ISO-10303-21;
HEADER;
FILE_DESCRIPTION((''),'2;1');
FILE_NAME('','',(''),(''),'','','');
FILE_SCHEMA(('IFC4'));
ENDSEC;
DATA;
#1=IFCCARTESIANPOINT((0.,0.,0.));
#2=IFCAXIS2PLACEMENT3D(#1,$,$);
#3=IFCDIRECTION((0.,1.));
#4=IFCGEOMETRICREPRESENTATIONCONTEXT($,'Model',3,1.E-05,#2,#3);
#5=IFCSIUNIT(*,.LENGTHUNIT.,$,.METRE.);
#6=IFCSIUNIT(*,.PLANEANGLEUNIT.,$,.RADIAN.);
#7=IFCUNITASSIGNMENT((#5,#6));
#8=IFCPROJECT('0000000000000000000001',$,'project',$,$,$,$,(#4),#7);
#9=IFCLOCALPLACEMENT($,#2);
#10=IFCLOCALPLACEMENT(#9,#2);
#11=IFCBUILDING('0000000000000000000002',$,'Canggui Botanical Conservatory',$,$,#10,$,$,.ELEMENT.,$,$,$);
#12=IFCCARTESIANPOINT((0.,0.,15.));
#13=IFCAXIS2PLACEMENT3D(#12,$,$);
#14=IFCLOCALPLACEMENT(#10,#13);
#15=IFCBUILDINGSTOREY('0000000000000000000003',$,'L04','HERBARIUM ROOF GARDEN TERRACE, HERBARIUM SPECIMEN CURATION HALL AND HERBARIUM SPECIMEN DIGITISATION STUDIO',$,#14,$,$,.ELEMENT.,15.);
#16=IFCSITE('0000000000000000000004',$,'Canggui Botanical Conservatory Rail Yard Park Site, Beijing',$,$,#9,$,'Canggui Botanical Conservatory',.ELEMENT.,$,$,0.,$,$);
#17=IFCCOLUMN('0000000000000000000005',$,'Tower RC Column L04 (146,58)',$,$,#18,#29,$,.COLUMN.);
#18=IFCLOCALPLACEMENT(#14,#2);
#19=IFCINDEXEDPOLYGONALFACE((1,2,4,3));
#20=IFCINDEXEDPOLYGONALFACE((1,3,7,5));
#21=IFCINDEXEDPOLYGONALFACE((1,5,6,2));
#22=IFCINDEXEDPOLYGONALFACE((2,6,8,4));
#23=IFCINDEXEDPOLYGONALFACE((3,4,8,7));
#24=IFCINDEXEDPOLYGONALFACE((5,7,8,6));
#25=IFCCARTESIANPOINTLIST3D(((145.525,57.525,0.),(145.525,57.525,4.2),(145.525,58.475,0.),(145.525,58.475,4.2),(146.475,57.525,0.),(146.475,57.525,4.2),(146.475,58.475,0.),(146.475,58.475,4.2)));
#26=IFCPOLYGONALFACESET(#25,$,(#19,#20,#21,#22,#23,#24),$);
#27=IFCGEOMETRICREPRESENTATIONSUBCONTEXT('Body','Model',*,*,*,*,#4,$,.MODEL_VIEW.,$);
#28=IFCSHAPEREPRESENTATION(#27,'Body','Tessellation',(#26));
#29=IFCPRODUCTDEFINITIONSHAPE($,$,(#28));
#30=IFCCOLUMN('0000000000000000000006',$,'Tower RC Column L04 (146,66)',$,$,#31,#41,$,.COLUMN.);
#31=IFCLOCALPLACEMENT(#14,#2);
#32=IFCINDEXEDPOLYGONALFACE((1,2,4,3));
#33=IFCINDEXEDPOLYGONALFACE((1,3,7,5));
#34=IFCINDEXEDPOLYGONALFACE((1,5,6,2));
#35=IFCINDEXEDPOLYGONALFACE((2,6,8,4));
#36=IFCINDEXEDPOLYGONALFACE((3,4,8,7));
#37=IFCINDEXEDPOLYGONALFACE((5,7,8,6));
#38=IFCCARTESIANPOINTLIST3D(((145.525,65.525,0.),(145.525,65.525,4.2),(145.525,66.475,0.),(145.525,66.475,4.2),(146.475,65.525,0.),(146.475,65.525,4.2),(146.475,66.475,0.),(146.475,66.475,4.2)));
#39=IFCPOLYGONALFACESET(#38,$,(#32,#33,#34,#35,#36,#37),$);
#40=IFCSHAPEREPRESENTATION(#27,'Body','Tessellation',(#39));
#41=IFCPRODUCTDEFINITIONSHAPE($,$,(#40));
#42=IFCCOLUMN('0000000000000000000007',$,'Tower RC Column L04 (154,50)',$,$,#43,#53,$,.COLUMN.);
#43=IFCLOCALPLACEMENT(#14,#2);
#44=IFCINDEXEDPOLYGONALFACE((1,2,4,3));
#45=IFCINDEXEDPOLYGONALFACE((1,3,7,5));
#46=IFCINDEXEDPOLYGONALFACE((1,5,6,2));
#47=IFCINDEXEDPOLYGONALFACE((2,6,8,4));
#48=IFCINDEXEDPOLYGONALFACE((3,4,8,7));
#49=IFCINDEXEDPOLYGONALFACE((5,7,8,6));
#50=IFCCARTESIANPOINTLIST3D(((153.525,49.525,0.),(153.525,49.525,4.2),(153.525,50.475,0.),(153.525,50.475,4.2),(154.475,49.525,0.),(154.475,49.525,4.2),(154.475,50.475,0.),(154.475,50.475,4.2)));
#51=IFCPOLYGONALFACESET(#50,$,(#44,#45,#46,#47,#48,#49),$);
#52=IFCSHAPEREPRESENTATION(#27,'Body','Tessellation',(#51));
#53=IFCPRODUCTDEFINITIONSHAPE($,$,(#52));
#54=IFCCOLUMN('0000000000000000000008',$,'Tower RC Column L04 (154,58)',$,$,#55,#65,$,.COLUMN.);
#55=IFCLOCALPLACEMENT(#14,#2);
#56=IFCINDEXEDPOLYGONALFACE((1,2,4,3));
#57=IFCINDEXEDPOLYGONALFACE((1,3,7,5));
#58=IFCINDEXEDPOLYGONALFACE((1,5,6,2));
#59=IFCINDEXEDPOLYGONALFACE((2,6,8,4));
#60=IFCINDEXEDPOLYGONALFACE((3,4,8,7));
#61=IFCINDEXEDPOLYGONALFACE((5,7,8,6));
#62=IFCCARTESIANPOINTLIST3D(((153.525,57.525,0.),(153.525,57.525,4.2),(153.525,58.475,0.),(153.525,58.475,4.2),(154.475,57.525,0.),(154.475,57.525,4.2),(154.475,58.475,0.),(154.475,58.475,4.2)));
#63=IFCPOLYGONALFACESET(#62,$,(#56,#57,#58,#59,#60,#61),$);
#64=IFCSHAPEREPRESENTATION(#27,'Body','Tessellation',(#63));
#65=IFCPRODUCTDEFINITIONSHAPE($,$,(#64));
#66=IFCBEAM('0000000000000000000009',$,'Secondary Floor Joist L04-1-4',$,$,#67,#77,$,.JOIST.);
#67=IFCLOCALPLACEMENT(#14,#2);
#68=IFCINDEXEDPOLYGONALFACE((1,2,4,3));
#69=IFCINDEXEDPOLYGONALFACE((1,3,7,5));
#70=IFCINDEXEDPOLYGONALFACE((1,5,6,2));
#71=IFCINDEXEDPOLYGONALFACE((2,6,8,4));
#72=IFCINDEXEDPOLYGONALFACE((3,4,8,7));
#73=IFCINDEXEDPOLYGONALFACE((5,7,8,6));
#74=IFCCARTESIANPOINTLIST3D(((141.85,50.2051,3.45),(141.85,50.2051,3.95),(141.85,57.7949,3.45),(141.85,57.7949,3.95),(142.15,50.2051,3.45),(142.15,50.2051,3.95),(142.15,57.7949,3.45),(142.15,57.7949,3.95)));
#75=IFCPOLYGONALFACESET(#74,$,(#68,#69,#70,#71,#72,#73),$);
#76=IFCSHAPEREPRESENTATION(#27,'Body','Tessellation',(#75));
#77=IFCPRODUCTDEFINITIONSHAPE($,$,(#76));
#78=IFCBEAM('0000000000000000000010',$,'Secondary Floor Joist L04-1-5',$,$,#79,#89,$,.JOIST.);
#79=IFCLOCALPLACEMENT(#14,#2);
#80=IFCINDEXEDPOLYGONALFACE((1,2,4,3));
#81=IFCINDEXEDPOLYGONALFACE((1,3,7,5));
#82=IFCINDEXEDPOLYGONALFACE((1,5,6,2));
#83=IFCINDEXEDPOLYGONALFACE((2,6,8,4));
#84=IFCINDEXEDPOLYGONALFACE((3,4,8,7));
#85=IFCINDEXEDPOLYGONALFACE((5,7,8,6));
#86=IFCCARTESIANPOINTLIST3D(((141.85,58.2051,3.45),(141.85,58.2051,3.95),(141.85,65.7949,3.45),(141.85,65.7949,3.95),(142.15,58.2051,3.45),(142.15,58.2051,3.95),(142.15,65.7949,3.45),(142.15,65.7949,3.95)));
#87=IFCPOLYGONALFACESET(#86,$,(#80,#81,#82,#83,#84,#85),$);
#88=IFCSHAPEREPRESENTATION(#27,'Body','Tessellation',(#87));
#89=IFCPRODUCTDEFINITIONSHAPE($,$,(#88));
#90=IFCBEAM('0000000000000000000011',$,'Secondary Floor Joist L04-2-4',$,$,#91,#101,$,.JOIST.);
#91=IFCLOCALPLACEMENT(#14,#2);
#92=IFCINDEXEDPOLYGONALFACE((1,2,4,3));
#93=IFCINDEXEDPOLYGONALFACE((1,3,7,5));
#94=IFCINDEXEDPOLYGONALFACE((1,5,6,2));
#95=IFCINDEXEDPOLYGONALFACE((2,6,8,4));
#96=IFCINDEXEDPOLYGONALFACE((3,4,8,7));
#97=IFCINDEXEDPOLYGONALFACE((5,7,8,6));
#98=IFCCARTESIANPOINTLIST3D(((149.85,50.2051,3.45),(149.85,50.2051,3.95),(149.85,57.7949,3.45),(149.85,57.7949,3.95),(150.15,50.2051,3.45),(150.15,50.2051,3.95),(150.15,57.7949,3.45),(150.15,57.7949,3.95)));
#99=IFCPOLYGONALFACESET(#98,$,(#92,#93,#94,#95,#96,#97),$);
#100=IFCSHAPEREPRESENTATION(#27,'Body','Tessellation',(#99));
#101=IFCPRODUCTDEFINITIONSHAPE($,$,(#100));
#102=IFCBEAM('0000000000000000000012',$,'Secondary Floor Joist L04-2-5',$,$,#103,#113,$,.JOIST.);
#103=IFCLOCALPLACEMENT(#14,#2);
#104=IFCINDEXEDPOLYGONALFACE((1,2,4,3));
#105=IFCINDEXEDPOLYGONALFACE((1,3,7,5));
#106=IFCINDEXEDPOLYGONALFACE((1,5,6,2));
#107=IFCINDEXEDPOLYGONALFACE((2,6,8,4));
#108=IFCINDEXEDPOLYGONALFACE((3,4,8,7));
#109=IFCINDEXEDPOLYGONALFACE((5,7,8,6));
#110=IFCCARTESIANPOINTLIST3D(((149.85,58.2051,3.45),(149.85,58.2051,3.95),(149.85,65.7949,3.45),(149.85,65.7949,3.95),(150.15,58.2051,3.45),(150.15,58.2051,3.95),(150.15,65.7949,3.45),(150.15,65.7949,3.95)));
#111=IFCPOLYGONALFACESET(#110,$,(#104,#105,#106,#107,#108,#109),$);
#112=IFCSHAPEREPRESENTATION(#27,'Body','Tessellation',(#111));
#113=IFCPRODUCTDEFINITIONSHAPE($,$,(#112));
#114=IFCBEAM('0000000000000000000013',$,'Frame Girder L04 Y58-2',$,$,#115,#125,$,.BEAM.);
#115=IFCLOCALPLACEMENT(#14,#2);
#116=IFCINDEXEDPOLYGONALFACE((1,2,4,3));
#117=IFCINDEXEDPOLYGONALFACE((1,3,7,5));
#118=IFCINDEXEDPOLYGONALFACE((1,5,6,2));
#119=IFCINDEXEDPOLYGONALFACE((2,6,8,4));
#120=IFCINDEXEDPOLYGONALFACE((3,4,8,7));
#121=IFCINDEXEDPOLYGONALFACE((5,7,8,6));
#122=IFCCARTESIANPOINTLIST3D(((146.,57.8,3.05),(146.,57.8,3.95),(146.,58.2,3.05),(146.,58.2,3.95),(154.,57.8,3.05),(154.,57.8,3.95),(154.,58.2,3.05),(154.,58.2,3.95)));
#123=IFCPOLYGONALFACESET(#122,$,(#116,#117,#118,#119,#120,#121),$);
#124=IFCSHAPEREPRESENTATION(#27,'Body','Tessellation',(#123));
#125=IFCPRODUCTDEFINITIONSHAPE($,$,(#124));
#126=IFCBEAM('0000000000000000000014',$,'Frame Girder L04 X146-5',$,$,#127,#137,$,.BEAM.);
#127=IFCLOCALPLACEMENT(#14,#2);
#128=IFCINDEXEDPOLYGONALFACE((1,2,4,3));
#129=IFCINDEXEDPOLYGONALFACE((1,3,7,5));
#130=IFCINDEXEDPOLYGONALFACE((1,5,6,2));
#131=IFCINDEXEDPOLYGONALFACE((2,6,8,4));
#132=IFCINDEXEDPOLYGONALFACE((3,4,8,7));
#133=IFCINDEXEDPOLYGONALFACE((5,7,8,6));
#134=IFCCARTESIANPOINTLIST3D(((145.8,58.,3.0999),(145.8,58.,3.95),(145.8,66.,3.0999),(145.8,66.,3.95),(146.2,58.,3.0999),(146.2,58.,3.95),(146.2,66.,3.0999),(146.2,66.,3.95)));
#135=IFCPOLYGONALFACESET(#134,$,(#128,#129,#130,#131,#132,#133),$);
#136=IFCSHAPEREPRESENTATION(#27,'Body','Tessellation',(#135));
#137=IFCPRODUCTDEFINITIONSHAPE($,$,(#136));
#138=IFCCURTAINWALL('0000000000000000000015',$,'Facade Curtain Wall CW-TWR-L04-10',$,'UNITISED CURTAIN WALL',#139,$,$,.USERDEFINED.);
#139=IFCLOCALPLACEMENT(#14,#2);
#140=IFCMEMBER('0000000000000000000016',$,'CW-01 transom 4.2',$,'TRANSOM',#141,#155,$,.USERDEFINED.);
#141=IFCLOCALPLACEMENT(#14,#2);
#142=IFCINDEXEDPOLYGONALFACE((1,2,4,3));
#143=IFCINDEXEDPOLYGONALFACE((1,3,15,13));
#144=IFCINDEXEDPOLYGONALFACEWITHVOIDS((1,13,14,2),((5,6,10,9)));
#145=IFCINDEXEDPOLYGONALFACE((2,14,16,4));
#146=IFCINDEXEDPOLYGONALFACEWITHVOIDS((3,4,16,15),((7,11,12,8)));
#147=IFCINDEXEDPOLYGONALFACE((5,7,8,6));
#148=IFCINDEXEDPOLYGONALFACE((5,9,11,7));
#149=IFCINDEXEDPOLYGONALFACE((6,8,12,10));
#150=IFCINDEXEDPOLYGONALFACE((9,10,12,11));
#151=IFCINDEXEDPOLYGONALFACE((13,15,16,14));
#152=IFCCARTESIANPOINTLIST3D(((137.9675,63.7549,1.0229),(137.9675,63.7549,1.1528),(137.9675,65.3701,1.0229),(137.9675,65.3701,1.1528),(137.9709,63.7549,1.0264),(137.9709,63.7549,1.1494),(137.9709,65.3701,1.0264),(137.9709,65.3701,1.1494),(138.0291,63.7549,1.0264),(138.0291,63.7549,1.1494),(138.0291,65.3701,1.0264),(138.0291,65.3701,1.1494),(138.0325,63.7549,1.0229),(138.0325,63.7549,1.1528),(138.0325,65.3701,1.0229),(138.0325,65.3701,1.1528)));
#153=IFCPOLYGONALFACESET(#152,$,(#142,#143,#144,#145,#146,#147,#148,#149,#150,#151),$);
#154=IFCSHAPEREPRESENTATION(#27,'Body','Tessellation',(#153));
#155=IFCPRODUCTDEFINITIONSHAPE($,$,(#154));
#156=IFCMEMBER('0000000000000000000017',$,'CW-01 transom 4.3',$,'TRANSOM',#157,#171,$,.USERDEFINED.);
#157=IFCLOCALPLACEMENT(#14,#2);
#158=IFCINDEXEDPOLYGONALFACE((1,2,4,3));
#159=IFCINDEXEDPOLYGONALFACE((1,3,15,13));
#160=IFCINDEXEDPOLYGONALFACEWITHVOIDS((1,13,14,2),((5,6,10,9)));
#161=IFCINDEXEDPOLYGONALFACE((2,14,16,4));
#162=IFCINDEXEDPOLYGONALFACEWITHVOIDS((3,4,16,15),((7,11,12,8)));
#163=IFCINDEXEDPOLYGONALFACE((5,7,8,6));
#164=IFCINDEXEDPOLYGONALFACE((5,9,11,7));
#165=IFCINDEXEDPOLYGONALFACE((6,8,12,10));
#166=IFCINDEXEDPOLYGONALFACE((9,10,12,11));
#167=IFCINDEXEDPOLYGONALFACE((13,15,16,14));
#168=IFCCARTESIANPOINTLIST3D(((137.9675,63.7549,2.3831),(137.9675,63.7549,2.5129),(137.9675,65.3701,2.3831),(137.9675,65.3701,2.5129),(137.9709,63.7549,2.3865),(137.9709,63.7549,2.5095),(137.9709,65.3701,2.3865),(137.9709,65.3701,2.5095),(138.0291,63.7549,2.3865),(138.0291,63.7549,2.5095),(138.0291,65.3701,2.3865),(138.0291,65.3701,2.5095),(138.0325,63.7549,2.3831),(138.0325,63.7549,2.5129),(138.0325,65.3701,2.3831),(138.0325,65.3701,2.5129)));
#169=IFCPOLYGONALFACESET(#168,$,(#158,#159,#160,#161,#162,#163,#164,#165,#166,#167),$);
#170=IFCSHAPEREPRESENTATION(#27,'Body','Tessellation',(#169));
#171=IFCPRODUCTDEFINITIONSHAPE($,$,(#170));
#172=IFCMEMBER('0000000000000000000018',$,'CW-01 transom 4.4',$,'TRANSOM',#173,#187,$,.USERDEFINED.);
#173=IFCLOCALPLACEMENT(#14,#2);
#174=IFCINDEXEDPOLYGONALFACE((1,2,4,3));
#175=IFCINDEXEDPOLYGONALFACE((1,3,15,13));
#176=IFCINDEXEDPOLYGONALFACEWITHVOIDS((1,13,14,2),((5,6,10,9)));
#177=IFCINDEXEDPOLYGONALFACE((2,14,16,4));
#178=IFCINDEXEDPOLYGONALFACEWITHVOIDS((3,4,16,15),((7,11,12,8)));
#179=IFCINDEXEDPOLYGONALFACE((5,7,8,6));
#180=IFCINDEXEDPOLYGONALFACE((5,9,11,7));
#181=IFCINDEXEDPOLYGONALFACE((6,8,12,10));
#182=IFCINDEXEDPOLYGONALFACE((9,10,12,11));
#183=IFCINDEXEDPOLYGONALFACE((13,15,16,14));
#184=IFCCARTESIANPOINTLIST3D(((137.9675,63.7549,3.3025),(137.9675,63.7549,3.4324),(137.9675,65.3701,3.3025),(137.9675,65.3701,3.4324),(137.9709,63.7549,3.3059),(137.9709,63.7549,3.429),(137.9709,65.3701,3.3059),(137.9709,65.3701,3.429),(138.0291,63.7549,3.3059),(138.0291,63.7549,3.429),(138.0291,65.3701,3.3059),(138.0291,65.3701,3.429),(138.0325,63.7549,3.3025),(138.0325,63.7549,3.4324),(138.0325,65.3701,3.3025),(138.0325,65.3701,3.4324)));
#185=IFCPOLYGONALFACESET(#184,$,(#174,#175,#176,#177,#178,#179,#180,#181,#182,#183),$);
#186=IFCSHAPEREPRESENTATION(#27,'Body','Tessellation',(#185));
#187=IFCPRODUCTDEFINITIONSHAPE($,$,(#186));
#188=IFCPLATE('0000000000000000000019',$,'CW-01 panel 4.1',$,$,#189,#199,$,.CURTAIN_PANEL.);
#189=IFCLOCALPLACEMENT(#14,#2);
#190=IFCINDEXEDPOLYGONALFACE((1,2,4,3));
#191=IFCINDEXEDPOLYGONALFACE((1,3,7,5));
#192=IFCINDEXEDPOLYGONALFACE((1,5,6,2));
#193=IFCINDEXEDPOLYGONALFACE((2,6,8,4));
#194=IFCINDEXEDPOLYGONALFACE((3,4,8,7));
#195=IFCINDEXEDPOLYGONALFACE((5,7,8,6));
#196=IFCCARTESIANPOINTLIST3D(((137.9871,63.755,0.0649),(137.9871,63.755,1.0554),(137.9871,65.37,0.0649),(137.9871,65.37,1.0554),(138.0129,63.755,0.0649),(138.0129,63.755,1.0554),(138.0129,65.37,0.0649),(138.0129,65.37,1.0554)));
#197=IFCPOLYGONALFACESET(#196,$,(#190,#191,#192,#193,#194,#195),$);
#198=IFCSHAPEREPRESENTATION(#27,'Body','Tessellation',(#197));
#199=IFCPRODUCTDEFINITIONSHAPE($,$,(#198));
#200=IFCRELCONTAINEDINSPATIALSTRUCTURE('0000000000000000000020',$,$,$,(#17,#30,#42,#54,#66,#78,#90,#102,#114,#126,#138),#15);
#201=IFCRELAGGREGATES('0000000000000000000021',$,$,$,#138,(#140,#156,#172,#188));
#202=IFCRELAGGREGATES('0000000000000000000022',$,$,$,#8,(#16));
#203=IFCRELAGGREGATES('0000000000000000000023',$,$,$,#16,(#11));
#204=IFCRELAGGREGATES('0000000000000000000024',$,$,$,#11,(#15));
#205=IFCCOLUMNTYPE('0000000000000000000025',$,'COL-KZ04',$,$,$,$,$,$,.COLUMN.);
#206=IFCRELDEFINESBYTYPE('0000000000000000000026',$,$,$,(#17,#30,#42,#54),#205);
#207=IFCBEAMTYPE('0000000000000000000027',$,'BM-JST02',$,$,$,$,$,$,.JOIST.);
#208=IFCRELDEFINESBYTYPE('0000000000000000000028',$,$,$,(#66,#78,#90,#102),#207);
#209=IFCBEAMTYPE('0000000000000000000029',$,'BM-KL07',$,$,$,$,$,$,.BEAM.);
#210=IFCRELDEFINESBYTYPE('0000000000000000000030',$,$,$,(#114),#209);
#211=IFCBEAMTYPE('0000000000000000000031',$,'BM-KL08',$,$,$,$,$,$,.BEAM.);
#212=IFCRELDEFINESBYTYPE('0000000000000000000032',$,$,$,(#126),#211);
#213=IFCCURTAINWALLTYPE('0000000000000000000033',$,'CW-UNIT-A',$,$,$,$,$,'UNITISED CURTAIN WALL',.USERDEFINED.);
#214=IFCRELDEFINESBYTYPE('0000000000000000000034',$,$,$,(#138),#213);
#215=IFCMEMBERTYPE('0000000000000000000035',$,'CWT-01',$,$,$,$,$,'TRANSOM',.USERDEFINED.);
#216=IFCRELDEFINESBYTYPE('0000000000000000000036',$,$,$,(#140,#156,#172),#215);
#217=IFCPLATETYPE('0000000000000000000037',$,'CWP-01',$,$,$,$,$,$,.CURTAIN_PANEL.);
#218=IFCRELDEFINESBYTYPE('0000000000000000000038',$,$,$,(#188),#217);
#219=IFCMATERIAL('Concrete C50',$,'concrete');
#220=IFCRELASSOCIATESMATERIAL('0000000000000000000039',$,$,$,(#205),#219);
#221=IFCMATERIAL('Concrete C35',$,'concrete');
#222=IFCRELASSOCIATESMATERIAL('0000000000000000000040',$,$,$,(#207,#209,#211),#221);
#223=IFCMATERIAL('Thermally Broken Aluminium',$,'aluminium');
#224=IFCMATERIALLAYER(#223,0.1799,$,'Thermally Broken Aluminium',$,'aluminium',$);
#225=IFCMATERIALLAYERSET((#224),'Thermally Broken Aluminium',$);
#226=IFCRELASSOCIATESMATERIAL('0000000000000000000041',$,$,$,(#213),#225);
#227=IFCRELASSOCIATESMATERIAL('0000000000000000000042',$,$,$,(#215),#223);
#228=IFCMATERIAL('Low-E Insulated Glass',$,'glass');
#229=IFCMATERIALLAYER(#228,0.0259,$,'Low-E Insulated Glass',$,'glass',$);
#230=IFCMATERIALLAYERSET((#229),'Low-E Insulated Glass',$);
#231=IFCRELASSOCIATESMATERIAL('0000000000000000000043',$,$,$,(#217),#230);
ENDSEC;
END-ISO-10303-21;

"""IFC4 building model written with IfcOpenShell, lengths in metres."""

from ifc_helpers import new_model, si_unit, direction, frame, origin, origin_2d, place, context, subcontext, project, spatial, rectangle, hollow_rectangle, extrude, material, layer, layer_set, material_profile, profile_set, type_object, element, aggregate, save


model = new_model("IFC4")

# Units and contexts
model_context = context("Model", 3, precision=1e-05, world=origin(), true_north=direction((0.0, 1.0)))
body_context = subcontext(model_context, "Body", "Model", "MODEL_VIEW")
ifc_project = project(units=[si_unit("LENGTHUNIT", "METRE"), si_unit("PLANEANGLEUNIT", "RADIAN")], contexts=[model_context])

# Site, building, storey
site_placement = place(None, origin())
site = spatial("IfcSite", under=ifc_project, at=site_placement, Name="Canggui Botanical Conservatory Rail Yard Park Site, Beijing", LongName="Canggui Botanical Conservatory", CompositionType="ELEMENT", RefElevation=0.0)
building_placement = place(site_placement, origin())
building = spatial("IfcBuilding", under=site, at=building_placement, Name="Canggui Botanical Conservatory", CompositionType="ELEMENT")
storey_placement = place(building_placement, frame((0.0, 0.0, 15.0)))
storey = spatial("IfcBuildingStorey", under=building, at=storey_placement, Name="L04", Description="HERBARIUM ROOF GARDEN TERRACE, HERBARIUM SPECIMEN CURATION HALL AND HERBARIUM SPECIMEN DIGITISATION STUDIO", CompositionType="ELEMENT", Elevation=15.0)

# Columns
ifc_material_1 = material(Name="Concrete C50", Category="concrete")
ifc_material_profile_1 = material_profile(ifc_material_1, rectangle(XDim=0.95, YDim=0.95, at=origin_2d()), Name="RC 950x950")
ifc_profile_set_1 = profile_set([ifc_material_profile_1], Name="Concrete C50")
column_type = type_object("IfcColumnType", Name="COL-KZ04", PredefinedType="COLUMN", material=ifc_profile_set_1)
for number, where, z_axis, x_axis, name in (
    (1, (146.0, 58.0, 0.0), (0.0, 0.0, 1.0), (1.0, 0.0, 0.0), "Tower RC Column L04 (146,58)"),
    (2, (146.0, 66.0, 0.0), (0.0, 0.0, 1.0), (1.0, 0.0, 0.0), "Tower RC Column L04 (146,66)"),
    (3, (154.0, 50.0, 0.0), (0.0, 0.0, 1.0), (1.0, 0.0, 0.0), "Tower RC Column L04 (154,50)"),
    (4, (154.0, 58.0, 0.0), (0.0, 0.0, 1.0), (1.0, 0.0, 0.0), "Tower RC Column L04 (154,58)"),
):
    element("IfcColumn", number, at=place(storey_placement, frame(where, z_axis=z_axis, x_axis=x_axis)), inside=storey, type_object=column_type, Name=name, PredefinedType="COLUMN", context=body_context, shape_type="SweptSolid", body=[
        extrude(rectangle(XDim=0.95, YDim=0.95, at=origin_2d()), origin(), (0.0, 0.0, 1.0), 4.2),
    ])

# Beams
ifc_material_2 = material(Name="Concrete C35", Category="concrete")
ifc_material_profile_2 = material_profile(ifc_material_2, rectangle(XDim=0.3, YDim=0.5, at=origin_2d()), Name="RB 300x500")
ifc_profile_set_2 = profile_set([ifc_material_profile_2], Name="Concrete C35")
beam_type_1 = type_object("IfcBeamType", Name="BM-JST02", PredefinedType="JOIST", material=ifc_profile_set_2)
for number, where, z_axis, x_axis, name in (
    (5, (142.0, 50.2051, 3.7), (0.0, 1.0, 0.0), (-1.0, 0.0, 0.0), "Secondary Floor Joist L04-1-4"),
    (6, (142.0, 58.2051, 3.7), (0.0, 1.0, 0.0), (-1.0, 0.0, 0.0), "Secondary Floor Joist L04-1-5"),
    (7, (150.0, 50.2051, 3.7), (0.0, 1.0, 0.0), (-1.0, 0.0, 0.0), "Secondary Floor Joist L04-2-4"),
    (8, (150.0, 58.2051, 3.7), (0.0, 1.0, 0.0), (-1.0, 0.0, 0.0), "Secondary Floor Joist L04-2-5"),
):
    element("IfcBeam", number, at=place(storey_placement, frame(where, z_axis=z_axis, x_axis=x_axis)), inside=storey, type_object=beam_type_1, Name=name, PredefinedType="JOIST", context=body_context, shape_type="SweptSolid", body=[
        extrude(rectangle(XDim=0.3, YDim=0.5, at=origin_2d()), origin(), (0.0, 0.0, 1.0), 7.5898),
    ])
ifc_material_profile_3 = material_profile(ifc_material_2, rectangle(XDim=0.3999, YDim=0.8999, at=origin_2d()), Name="RB 400x900")
ifc_profile_set_3 = profile_set([ifc_material_profile_3], Name="Concrete C35")
beam_type_2 = type_object("IfcBeamType", Name="BM-KL07", PredefinedType="BEAM", material=ifc_profile_set_3)
beam_1_placement = place(storey_placement, frame((146.0, 58.0, 3.5), z_axis=(1.0, 0.0, 0.0), x_axis=(0.0, 1.0, 0.0)))
element("IfcBeam", 9, at=beam_1_placement, inside=storey, type_object=beam_type_2, Name="Frame Girder L04 Y58-2", PredefinedType="BEAM", context=body_context, shape_type="SweptSolid", body=[
    extrude(rectangle(XDim=0.3999, YDim=0.8999, at=origin_2d()), origin(), (0.0, 0.0, 1.0), 8.0),
])
ifc_material_profile_4 = material_profile(ifc_material_2, rectangle(XDim=0.3999, YDim=0.8501, at=origin_2d()), Name="RB 400x850")
ifc_profile_set_4 = profile_set([ifc_material_profile_4], Name="Concrete C35")
beam_type_3 = type_object("IfcBeamType", Name="BM-KL08", PredefinedType="BEAM", material=ifc_profile_set_4)
beam_2_placement = place(storey_placement, frame((146.0, 58.0, 3.5249), z_axis=(0.0, 1.0, 0.0), x_axis=(-1.0, 0.0, 0.0)))
element("IfcBeam", 10, at=beam_2_placement, inside=storey, type_object=beam_type_3, Name="Frame Girder L04 X146-5", PredefinedType="BEAM", context=body_context, shape_type="SweptSolid", body=[
    extrude(rectangle(XDim=0.3999, YDim=0.8501, at=origin_2d()), origin(), (0.0, 0.0, 1.0), 8.0),
])

# Curtain wall, members, plate
ifc_material_3 = material(Name="Thermally Broken Aluminium", Category="aluminium")
ifc_layer_1 = layer(ifc_material_3, 0.1799, Name="Thermally Broken Aluminium", Category="aluminium")
ifc_layer_set_1 = layer_set([ifc_layer_1], Name="Thermally Broken Aluminium")
curtain_wall_type = type_object("IfcCurtainWallType", Name="CW-UNIT-A", ElementType="UNITISED CURTAIN WALL", PredefinedType="USERDEFINED", material=ifc_layer_set_1)
curtain_wall_placement = place(storey_placement, origin())
curtain_wall = element("IfcCurtainWall", 11, at=curtain_wall_placement, inside=storey, type_object=curtain_wall_type, Name="Facade Curtain Wall CW-TWR-L04-10", ObjectType="UNITISED CURTAIN WALL", PredefinedType="USERDEFINED")
ifc_material_profile_5 = material_profile(ifc_material_3, hollow_rectangle(XDim=0.0649, YDim=0.1299, WallThickness=0.0034, at=origin_2d()), Name="CWT 65x130x3.5")
ifc_profile_set_5 = profile_set([ifc_material_profile_5], Name="Thermally Broken Aluminium")
member_type = type_object("IfcMemberType", Name="CWT-01", ElementType="TRANSOM", PredefinedType="USERDEFINED", material=ifc_profile_set_5)
member_1_placement = place(storey_placement, frame((138.0, 63.7549, 1.0879), z_axis=(0.0, 1.0, 0.0), x_axis=(-1.0, 0.0, 0.0)))
member_1 = element("IfcMember", 12, at=member_1_placement, type_object=member_type, Name="CW-01 transom 4.2", ObjectType="TRANSOM", PredefinedType="USERDEFINED", context=body_context, shape_type="SweptSolid", body=[
    extrude(hollow_rectangle(XDim=0.0649, YDim=0.1299, WallThickness=0.0034, at=origin_2d()), origin(), (0.0, 0.0, 1.0), 1.6152),
])
member_2_placement = place(storey_placement, frame((138.0, 63.7549, 2.448), z_axis=(0.0, 1.0, 0.0), x_axis=(-1.0, 0.0, 0.0)))
member_2 = element("IfcMember", 13, at=member_2_placement, type_object=member_type, Name="CW-01 transom 4.3", ObjectType="TRANSOM", PredefinedType="USERDEFINED", context=body_context, shape_type="SweptSolid", body=[
    extrude(hollow_rectangle(XDim=0.0649, YDim=0.1299, WallThickness=0.0034, at=origin_2d()), origin(), (0.0, 0.0, 1.0), 1.6152),
])
member_3_placement = place(storey_placement, frame((138.0, 63.7549, 3.3674), z_axis=(0.0, 1.0, 0.0), x_axis=(-1.0, 0.0, 0.0)))
member_3 = element("IfcMember", 14, at=member_3_placement, type_object=member_type, Name="CW-01 transom 4.4", ObjectType="TRANSOM", PredefinedType="USERDEFINED", context=body_context, shape_type="SweptSolid", body=[
    extrude(hollow_rectangle(XDim=0.0649, YDim=0.1299, WallThickness=0.0034, at=origin_2d()), origin(), (0.0, 0.0, 1.0), 1.6152),
])
ifc_material_4 = material(Name="Low-E Insulated Glass", Category="glass")
ifc_layer_2 = layer(ifc_material_4, 0.0259, Name="Low-E Insulated Glass", Category="glass")
ifc_layer_set_2 = layer_set([ifc_layer_2], Name="Low-E Insulated Glass")
plate_type = type_object("IfcPlateType", Name="CWP-01", PredefinedType="CURTAIN_PANEL", material=ifc_layer_set_2)
plate_1_placement = place(storey_placement, frame((138.0, 64.5625, 0.0649), z_axis=(0.0, 0.0, 1.0), x_axis=(0.0, 1.0, 0.0)))
plate_1 = element("IfcPlate", 15, at=plate_1_placement, type_object=plate_type, Name="CW-01 panel 4.1", PredefinedType="CURTAIN_PANEL", context=body_context, shape_type="SweptSolid", body=[
    extrude(rectangle(XDim=1.615, YDim=0.0259, at=origin_2d()), origin(), (0.0, 0.0, 1.0), 0.9905),
])
aggregate(curtain_wall, [member_1, member_2, member_3, plate_1])

save(model, "model.ifc")
